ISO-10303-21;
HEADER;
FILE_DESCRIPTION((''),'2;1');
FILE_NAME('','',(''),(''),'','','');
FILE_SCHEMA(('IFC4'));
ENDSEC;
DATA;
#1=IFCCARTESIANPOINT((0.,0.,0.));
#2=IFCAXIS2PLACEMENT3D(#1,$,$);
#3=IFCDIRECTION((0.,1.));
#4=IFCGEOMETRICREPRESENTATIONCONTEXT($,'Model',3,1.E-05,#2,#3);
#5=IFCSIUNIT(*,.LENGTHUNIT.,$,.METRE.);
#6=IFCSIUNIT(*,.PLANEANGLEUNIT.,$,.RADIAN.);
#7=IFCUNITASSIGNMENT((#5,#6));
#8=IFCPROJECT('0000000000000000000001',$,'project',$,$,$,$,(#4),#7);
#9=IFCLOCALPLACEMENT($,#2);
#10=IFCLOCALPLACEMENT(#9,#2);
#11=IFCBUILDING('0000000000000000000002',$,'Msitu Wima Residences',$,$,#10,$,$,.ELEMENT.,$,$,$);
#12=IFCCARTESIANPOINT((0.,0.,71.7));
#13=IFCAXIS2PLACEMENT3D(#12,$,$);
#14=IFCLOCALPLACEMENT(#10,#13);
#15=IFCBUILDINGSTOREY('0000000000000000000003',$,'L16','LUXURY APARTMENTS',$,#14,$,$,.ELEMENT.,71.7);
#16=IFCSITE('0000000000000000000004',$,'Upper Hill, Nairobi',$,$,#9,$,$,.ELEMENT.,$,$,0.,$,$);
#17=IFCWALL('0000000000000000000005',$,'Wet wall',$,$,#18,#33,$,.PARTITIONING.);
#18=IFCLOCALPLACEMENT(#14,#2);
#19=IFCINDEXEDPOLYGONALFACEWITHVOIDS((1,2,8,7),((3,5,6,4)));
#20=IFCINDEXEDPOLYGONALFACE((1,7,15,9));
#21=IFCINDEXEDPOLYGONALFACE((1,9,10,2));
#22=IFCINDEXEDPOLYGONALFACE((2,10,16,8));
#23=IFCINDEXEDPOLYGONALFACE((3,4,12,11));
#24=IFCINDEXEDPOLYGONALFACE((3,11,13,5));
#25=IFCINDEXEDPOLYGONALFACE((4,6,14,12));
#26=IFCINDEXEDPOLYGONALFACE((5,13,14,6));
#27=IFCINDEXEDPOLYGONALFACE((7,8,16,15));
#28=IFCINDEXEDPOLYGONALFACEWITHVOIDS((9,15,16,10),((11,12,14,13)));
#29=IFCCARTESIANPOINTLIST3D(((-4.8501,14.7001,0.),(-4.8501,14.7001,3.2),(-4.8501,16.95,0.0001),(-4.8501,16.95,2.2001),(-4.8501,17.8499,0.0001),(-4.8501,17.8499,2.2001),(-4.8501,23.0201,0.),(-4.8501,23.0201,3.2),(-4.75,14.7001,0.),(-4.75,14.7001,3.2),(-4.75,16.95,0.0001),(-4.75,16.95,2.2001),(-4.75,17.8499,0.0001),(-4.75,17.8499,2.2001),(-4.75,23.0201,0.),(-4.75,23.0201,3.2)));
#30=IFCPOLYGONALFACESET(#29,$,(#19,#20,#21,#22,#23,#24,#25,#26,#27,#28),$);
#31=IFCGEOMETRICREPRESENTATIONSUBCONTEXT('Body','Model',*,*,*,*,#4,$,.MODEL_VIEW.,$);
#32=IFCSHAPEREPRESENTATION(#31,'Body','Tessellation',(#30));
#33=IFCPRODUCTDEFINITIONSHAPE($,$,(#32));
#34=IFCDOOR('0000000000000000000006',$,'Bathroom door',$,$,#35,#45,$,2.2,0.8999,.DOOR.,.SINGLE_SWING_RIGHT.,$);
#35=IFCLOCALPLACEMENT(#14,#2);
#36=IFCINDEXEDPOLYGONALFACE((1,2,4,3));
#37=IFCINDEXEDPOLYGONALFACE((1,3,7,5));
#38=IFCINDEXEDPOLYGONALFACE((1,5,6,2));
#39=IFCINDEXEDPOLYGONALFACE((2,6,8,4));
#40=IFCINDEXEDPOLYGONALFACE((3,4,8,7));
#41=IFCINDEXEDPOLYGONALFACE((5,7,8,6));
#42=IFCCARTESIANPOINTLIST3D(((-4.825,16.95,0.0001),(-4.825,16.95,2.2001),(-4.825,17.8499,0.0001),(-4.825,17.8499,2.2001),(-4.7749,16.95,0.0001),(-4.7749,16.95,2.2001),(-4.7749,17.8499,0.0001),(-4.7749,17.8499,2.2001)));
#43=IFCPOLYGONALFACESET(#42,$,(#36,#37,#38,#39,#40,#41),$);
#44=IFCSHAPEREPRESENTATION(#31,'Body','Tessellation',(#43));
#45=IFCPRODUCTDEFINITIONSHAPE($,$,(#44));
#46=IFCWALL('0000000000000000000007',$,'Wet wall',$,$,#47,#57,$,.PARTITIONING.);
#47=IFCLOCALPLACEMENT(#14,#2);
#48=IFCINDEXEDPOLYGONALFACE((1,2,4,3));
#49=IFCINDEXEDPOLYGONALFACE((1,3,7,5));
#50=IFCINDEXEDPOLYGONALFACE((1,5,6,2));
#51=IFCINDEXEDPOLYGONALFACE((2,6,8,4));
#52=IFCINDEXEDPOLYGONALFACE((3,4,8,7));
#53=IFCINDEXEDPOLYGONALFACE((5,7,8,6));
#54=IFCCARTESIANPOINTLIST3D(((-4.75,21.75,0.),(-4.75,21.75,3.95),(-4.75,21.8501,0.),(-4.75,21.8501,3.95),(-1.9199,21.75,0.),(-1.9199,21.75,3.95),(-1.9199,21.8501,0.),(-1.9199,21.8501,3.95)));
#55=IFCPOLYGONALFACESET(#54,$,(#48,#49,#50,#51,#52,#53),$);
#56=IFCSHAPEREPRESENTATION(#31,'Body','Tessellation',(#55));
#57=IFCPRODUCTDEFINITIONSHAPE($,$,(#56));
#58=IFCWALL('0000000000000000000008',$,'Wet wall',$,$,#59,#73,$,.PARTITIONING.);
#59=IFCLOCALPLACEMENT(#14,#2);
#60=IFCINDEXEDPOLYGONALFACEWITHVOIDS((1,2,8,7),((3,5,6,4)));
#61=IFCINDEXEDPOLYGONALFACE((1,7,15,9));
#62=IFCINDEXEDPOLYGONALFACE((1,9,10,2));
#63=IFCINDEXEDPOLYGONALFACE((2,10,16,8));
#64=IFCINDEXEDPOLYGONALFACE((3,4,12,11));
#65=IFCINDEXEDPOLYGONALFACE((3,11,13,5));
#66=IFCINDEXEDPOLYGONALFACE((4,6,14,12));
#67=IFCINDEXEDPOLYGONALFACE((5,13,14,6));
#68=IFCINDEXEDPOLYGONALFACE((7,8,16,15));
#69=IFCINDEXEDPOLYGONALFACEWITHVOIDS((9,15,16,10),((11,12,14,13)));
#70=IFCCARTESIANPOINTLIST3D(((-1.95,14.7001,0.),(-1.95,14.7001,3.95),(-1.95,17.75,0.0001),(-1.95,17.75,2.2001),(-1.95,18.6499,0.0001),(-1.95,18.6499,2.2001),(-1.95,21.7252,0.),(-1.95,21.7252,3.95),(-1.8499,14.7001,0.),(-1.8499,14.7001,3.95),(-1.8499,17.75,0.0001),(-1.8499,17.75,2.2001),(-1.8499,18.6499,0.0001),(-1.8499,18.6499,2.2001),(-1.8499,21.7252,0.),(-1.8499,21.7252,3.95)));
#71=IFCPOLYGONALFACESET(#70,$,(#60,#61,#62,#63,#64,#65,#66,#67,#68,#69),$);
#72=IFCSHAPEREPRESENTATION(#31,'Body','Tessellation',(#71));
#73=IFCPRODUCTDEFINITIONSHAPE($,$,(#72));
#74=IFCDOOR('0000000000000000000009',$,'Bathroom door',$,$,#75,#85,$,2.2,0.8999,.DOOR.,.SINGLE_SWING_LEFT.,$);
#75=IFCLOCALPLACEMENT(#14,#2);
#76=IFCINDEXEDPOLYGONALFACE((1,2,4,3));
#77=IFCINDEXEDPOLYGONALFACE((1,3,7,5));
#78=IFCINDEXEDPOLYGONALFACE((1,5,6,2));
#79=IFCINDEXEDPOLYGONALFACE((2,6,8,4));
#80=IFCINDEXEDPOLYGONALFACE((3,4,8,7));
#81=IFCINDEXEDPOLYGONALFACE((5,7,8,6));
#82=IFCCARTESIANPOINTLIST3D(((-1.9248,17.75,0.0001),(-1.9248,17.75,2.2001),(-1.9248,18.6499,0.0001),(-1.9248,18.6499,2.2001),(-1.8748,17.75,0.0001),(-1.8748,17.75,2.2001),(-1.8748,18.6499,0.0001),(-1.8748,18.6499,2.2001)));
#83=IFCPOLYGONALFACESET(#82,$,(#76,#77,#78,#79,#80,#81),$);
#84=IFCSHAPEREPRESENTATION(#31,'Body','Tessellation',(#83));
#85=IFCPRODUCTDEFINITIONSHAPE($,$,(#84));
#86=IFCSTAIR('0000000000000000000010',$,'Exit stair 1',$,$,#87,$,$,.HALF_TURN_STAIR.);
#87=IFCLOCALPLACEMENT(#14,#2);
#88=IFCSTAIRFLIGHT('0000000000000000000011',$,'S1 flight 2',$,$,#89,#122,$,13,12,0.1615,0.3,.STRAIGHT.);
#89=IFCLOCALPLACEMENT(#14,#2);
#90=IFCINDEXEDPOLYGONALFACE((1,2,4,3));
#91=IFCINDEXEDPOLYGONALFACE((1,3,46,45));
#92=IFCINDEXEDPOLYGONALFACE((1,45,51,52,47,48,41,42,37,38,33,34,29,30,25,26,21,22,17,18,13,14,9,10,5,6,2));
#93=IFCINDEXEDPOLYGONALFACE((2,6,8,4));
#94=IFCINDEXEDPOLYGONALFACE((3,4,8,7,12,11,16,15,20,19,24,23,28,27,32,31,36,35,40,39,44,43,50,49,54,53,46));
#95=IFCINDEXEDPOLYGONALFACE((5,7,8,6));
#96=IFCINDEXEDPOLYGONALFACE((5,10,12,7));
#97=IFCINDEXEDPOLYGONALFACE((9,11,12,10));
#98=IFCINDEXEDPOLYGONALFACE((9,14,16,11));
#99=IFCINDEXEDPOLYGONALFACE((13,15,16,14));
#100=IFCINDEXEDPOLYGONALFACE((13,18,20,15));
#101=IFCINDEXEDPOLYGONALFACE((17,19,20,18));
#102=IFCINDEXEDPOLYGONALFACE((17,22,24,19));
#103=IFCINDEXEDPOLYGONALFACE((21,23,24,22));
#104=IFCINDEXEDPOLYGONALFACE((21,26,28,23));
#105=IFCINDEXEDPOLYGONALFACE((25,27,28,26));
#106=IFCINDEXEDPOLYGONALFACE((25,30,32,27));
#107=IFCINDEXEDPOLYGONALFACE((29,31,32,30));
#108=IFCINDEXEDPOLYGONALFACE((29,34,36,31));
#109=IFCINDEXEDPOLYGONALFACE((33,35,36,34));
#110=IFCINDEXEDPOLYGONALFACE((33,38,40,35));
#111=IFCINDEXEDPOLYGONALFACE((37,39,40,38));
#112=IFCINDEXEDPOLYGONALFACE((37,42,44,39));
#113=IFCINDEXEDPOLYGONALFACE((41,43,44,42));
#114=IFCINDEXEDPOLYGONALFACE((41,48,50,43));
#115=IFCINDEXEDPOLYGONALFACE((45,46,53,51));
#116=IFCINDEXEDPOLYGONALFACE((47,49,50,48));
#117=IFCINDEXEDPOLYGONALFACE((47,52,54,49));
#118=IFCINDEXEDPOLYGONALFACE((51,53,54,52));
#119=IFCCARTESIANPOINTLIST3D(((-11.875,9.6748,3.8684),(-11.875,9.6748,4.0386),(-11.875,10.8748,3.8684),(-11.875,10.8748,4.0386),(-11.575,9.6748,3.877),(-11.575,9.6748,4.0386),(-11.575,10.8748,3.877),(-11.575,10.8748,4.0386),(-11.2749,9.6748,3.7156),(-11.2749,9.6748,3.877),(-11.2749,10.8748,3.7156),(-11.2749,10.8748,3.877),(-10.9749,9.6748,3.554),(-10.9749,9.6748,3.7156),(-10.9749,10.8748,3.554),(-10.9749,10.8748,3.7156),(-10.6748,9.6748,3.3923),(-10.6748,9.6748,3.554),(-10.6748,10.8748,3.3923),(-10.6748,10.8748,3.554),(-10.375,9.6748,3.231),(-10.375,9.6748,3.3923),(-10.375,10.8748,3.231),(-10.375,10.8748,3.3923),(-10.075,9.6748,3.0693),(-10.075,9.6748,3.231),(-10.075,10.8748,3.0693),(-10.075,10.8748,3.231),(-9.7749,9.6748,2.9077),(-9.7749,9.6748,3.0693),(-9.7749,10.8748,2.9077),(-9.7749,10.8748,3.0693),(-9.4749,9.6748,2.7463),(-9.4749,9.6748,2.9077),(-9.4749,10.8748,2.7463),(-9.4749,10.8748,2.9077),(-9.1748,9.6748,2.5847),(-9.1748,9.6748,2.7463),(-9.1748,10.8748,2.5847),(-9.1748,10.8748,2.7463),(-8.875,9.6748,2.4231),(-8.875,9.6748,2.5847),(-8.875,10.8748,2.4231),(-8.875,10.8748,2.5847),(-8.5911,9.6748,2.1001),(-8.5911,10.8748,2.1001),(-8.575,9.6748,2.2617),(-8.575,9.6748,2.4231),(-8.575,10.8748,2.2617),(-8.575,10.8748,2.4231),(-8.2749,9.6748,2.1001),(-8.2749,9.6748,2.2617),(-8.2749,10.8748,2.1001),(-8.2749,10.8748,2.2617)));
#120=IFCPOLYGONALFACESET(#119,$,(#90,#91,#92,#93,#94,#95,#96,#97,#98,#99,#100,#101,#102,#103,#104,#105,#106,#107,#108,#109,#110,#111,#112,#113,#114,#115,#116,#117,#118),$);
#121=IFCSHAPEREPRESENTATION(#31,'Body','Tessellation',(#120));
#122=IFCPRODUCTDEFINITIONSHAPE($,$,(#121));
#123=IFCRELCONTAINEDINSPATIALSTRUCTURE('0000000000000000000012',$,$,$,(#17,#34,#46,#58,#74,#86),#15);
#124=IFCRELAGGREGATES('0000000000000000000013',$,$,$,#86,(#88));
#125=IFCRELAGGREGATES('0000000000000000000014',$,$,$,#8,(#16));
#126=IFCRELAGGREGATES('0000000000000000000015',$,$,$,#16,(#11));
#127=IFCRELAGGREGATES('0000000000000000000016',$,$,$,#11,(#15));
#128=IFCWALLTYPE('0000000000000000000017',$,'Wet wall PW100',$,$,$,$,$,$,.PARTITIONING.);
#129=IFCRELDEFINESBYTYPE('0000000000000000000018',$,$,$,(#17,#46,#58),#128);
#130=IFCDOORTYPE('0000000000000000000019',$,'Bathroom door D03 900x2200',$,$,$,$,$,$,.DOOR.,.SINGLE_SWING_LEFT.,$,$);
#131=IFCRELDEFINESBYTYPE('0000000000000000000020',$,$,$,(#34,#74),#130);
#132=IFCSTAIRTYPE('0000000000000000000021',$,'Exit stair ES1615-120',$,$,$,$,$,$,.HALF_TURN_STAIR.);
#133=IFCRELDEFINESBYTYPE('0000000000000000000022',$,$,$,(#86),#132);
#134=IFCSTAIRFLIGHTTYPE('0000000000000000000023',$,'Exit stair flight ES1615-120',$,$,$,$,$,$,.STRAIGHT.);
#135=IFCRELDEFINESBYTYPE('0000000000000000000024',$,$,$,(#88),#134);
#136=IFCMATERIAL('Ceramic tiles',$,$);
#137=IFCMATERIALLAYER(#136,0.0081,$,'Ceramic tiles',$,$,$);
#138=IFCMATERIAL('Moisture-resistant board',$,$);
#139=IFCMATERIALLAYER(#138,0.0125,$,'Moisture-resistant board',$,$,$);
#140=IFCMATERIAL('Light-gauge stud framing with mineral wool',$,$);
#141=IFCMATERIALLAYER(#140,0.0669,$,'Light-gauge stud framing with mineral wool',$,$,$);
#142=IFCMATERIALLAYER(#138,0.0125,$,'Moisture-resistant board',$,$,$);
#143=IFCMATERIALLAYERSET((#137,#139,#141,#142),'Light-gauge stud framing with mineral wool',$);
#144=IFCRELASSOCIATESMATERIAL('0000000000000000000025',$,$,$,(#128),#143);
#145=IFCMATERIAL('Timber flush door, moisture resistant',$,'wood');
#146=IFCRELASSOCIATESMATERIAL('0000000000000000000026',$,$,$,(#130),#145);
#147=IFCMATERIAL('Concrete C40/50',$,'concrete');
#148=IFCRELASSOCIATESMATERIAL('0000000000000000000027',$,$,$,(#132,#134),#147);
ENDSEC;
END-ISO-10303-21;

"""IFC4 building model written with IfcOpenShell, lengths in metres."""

from ifc_helpers import new_model, si_unit, direction, frame, frame_2d, origin, place, context, subcontext, project, spatial, polyline, rectangle, outline, extrude, material, layer, layer_set, type_object, element, fill, aggregate, save


model = new_model("IFC4")

# Units and contexts
model_context = context("Model", 3, precision=1e-05, world=origin(), true_north=direction((0.0, 1.0)))
body_context = subcontext(model_context, "Body", "Model", "MODEL_VIEW")
ifc_project = project(units=[si_unit("LENGTHUNIT", "METRE"), si_unit("PLANEANGLEUNIT", "RADIAN")], contexts=[model_context])

# Site, building, storey
site_placement = place(None, origin())
site = spatial("IfcSite", under=ifc_project, at=site_placement, Name="Upper Hill, Nairobi", CompositionType="ELEMENT", RefElevation=0.0)
building_placement = place(site_placement, origin())
building = spatial("IfcBuilding", under=site, at=building_placement, Name="Msitu Wima Residences", CompositionType="ELEMENT")
storey_placement = place(building_placement, frame((0.0, 0.0, 71.7)))
storey = spatial("IfcBuildingStorey", under=building, at=storey_placement, Name="L16", Description="LUXURY APARTMENTS", CompositionType="ELEMENT", Elevation=71.7)

# Shared definitions
ifc_material_1 = material(Name="Concrete C40/50", Category="concrete")

# Shared definitions
ifc_material_2 = material(Name="Ceramic tiles")
ifc_layer_1 = layer(ifc_material_2, 0.0081, Name="Ceramic tiles")
ifc_material_3 = material(Name="Moisture-resistant board")
ifc_layer_2 = layer(ifc_material_3, 0.0125, Name="Moisture-resistant board")
ifc_material_4 = material(Name="Light-gauge stud framing with mineral wool")
ifc_layer_3 = layer(ifc_material_4, 0.0669, Name="Light-gauge stud framing with mineral wool")
ifc_layer_4 = layer(ifc_material_3, 0.0125, Name="Moisture-resistant board")
ifc_layer_set_1 = layer_set([ifc_layer_1, ifc_layer_2, ifc_layer_3, ifc_layer_4], Name="Light-gauge stud framing with mineral wool")
wall_type_1 = type_object("IfcWallType", Name="Wet wall PW100", PredefinedType="PARTITIONING", material=ifc_layer_set_1)
ifc_material_5 = material(Name="Timber flush door, moisture resistant", Category="wood")
door_type_1 = type_object("IfcDoorType", Name="Bathroom door D03 900x2200", OperationType="SINGLE_SWING_LEFT", PredefinedType="DOOR", material=ifc_material_5)

# Wall, opening, door
wall_1_placement = place(storey_placement, frame((-4.8, 14.7, 0.0), z_axis=(0.0, 0.0, 1.0), x_axis=(0.0, 1.0, 0.0)))
wall_1 = element("IfcWall", 1, at=wall_1_placement, inside=storey, type_object=wall_type_1, Name="Wet wall", PredefinedType="PARTITIONING", context=body_context, shape_type="SweptSolid", body=[
    extrude(rectangle(XDim=8.3201, YDim=0.1001, at=frame_2d((4.1602, 0.0))), origin(), (0.0, 0.0, 1.0), 3.2),
])
opening_1_placement = place(wall_1_placement, frame((2.25, 0.0, 0.0)))
opening_1 = element("IfcOpeningElement", 2, at=opening_1_placement, cuts=wall_1, PredefinedType="OPENING", context=body_context, shape_type="SweptSolid", body=[
    extrude(rectangle(XDim=0.8999, YDim=2.2, at=frame_2d((0.45, 1.1001))), frame((0.0, 0.0601, 0.0), z_axis=(0.0, -1.0, 0.0), x_axis=(1.0, 0.0, 0.0)), (0.0, 0.0, 1.0), 0.1201),
])
door_1_placement = place(opening_1_placement, origin())
door_1 = element("IfcDoor", 3, at=door_1_placement, inside=storey, type_object=door_type_1, Name="Bathroom door", OperationType="SINGLE_SWING_RIGHT", OverallHeight=2.2, OverallWidth=0.8999, PredefinedType="DOOR", context=body_context, shape_type="SweptSolid", body=[
    extrude(rectangle(XDim=0.8999, YDim=2.2, at=frame_2d((0.45, 1.1001))), frame((0.0, 0.0249, 0.0), z_axis=(0.0, -1.0, 0.0), x_axis=(1.0, 0.0, 0.0)), (0.0, 0.0, 1.0), 0.05),
])
fill(opening_1, door_1)

# Wall
wall_2_placement = place(storey_placement, frame((-4.75, 21.8, 0.0), z_axis=(0.0, 0.0, 1.0), x_axis=(1.0, 0.0, 0.0)))
element("IfcWall", 4, at=wall_2_placement, inside=storey, type_object=wall_type_1, Name="Wet wall", PredefinedType="PARTITIONING", context=body_context, shape_type="SweptSolid", body=[
    extrude(rectangle(XDim=2.8301, YDim=0.1001, at=frame_2d((1.415, 0.0))), origin(), (0.0, 0.0, 1.0), 3.95),
])

# Wall, opening, door
wall_3_placement = place(storey_placement, frame((-1.8999, 14.7, 0.0), z_axis=(0.0, 0.0, 1.0), x_axis=(0.0, 1.0, 0.0)))
wall_3 = element("IfcWall", 5, at=wall_3_placement, inside=storey, type_object=wall_type_1, Name="Wet wall", PredefinedType="PARTITIONING", context=body_context, shape_type="SweptSolid", body=[
    extrude(rectangle(XDim=7.0251, YDim=0.1001, at=frame_2d((3.5127, 0.0))), origin(), (0.0, 0.0, 1.0), 3.95),
])
opening_2_placement = place(wall_3_placement, frame((3.05, 0.0, 0.0)))
opening_2 = element("IfcOpeningElement", 6, at=opening_2_placement, cuts=wall_3, PredefinedType="OPENING", context=body_context, shape_type="SweptSolid", body=[
    extrude(rectangle(XDim=0.8999, YDim=2.2, at=frame_2d((0.45, 1.1001))), frame((0.0, 0.0601, 0.0), z_axis=(0.0, -1.0, 0.0), x_axis=(1.0, 0.0, 0.0)), (0.0, 0.0, 1.0), 0.1201),
])
door_2_placement = place(opening_2_placement, origin())
door_2 = element("IfcDoor", 7, at=door_2_placement, inside=storey, type_object=door_type_1, Name="Bathroom door", OperationType="SINGLE_SWING_LEFT", OverallHeight=2.2, OverallWidth=0.8999, PredefinedType="DOOR", context=body_context, shape_type="SweptSolid", body=[
    extrude(rectangle(XDim=0.8999, YDim=2.2, at=frame_2d((0.45, 1.1001))), frame((0.0, 0.0249, 0.0), z_axis=(0.0, -1.0, 0.0), x_axis=(1.0, 0.0, 0.0)), (0.0, 0.0, 1.0), 0.05),
])
fill(opening_2, door_2)

# Stair, stair flight
stair_type = type_object("IfcStairType", Name="Exit stair ES1615-120", PredefinedType="HALF_TURN_STAIR", material=ifc_material_1)
stair_placement = place(storey_placement, origin())
stair = element("IfcStair", 8, at=stair_placement, inside=storey, type_object=stair_type, Name="Exit stair 1", PredefinedType="HALF_TURN_STAIR")
stair_flight_type = type_object("IfcStairFlightType", Name="Exit stair flight ES1615-120", PredefinedType="STRAIGHT", material=ifc_material_1)
stair_flight_placement = place(storey_placement, frame((-8.2749, 10.2749, 2.1001), z_axis=(0.0, 0.0, 1.0), x_axis=(-1.0, 0.0, 0.0)))
stair_flight = element("IfcStairFlight", 9, at=stair_flight_placement, type_object=stair_flight_type, Name="S1 flight 2", NumberOfRisers=13, NumberOfTreads=12, PredefinedType="STRAIGHT", RiserHeight=0.1615, TreadLength=0.3, context=body_context, shape_type="SweptSolid", body=[
    extrude(outline(polyline([(0.0, 0.0), (0.0, 0.1616), (0.3, 0.1616), (0.3, 0.323), (0.6001, 0.323), (0.6001, 0.4846), (0.8999, 0.4846), (0.8999, 0.6462), (1.2, 0.6462), (1.2, 0.8076), (1.5, 0.8076), (1.5, 0.9692), (1.8, 0.9692), (1.8, 1.1309), (2.1001, 1.1309), (2.1001, 1.2922), (2.3999, 1.2922), (2.3999, 1.4539), (2.7, 1.4539), (2.7, 1.6155), (3.0, 1.6155), (3.0, 1.7769), (3.3, 1.7769), (3.3, 1.9385), (3.6001, 1.9385), (3.6001, 2.1001), (3.6001, 1.7683), (0.3162, 0.0), (0.0, 0.0)])), frame((0.0, 0.6001, 0.0), z_axis=(0.0, -1.0, 0.0), x_axis=(1.0, 0.0, 0.0)), (0.0, 0.0, 1.0), 1.2),
])
aggregate(stair, [stair_flight])

save(model, "model.ifc")
